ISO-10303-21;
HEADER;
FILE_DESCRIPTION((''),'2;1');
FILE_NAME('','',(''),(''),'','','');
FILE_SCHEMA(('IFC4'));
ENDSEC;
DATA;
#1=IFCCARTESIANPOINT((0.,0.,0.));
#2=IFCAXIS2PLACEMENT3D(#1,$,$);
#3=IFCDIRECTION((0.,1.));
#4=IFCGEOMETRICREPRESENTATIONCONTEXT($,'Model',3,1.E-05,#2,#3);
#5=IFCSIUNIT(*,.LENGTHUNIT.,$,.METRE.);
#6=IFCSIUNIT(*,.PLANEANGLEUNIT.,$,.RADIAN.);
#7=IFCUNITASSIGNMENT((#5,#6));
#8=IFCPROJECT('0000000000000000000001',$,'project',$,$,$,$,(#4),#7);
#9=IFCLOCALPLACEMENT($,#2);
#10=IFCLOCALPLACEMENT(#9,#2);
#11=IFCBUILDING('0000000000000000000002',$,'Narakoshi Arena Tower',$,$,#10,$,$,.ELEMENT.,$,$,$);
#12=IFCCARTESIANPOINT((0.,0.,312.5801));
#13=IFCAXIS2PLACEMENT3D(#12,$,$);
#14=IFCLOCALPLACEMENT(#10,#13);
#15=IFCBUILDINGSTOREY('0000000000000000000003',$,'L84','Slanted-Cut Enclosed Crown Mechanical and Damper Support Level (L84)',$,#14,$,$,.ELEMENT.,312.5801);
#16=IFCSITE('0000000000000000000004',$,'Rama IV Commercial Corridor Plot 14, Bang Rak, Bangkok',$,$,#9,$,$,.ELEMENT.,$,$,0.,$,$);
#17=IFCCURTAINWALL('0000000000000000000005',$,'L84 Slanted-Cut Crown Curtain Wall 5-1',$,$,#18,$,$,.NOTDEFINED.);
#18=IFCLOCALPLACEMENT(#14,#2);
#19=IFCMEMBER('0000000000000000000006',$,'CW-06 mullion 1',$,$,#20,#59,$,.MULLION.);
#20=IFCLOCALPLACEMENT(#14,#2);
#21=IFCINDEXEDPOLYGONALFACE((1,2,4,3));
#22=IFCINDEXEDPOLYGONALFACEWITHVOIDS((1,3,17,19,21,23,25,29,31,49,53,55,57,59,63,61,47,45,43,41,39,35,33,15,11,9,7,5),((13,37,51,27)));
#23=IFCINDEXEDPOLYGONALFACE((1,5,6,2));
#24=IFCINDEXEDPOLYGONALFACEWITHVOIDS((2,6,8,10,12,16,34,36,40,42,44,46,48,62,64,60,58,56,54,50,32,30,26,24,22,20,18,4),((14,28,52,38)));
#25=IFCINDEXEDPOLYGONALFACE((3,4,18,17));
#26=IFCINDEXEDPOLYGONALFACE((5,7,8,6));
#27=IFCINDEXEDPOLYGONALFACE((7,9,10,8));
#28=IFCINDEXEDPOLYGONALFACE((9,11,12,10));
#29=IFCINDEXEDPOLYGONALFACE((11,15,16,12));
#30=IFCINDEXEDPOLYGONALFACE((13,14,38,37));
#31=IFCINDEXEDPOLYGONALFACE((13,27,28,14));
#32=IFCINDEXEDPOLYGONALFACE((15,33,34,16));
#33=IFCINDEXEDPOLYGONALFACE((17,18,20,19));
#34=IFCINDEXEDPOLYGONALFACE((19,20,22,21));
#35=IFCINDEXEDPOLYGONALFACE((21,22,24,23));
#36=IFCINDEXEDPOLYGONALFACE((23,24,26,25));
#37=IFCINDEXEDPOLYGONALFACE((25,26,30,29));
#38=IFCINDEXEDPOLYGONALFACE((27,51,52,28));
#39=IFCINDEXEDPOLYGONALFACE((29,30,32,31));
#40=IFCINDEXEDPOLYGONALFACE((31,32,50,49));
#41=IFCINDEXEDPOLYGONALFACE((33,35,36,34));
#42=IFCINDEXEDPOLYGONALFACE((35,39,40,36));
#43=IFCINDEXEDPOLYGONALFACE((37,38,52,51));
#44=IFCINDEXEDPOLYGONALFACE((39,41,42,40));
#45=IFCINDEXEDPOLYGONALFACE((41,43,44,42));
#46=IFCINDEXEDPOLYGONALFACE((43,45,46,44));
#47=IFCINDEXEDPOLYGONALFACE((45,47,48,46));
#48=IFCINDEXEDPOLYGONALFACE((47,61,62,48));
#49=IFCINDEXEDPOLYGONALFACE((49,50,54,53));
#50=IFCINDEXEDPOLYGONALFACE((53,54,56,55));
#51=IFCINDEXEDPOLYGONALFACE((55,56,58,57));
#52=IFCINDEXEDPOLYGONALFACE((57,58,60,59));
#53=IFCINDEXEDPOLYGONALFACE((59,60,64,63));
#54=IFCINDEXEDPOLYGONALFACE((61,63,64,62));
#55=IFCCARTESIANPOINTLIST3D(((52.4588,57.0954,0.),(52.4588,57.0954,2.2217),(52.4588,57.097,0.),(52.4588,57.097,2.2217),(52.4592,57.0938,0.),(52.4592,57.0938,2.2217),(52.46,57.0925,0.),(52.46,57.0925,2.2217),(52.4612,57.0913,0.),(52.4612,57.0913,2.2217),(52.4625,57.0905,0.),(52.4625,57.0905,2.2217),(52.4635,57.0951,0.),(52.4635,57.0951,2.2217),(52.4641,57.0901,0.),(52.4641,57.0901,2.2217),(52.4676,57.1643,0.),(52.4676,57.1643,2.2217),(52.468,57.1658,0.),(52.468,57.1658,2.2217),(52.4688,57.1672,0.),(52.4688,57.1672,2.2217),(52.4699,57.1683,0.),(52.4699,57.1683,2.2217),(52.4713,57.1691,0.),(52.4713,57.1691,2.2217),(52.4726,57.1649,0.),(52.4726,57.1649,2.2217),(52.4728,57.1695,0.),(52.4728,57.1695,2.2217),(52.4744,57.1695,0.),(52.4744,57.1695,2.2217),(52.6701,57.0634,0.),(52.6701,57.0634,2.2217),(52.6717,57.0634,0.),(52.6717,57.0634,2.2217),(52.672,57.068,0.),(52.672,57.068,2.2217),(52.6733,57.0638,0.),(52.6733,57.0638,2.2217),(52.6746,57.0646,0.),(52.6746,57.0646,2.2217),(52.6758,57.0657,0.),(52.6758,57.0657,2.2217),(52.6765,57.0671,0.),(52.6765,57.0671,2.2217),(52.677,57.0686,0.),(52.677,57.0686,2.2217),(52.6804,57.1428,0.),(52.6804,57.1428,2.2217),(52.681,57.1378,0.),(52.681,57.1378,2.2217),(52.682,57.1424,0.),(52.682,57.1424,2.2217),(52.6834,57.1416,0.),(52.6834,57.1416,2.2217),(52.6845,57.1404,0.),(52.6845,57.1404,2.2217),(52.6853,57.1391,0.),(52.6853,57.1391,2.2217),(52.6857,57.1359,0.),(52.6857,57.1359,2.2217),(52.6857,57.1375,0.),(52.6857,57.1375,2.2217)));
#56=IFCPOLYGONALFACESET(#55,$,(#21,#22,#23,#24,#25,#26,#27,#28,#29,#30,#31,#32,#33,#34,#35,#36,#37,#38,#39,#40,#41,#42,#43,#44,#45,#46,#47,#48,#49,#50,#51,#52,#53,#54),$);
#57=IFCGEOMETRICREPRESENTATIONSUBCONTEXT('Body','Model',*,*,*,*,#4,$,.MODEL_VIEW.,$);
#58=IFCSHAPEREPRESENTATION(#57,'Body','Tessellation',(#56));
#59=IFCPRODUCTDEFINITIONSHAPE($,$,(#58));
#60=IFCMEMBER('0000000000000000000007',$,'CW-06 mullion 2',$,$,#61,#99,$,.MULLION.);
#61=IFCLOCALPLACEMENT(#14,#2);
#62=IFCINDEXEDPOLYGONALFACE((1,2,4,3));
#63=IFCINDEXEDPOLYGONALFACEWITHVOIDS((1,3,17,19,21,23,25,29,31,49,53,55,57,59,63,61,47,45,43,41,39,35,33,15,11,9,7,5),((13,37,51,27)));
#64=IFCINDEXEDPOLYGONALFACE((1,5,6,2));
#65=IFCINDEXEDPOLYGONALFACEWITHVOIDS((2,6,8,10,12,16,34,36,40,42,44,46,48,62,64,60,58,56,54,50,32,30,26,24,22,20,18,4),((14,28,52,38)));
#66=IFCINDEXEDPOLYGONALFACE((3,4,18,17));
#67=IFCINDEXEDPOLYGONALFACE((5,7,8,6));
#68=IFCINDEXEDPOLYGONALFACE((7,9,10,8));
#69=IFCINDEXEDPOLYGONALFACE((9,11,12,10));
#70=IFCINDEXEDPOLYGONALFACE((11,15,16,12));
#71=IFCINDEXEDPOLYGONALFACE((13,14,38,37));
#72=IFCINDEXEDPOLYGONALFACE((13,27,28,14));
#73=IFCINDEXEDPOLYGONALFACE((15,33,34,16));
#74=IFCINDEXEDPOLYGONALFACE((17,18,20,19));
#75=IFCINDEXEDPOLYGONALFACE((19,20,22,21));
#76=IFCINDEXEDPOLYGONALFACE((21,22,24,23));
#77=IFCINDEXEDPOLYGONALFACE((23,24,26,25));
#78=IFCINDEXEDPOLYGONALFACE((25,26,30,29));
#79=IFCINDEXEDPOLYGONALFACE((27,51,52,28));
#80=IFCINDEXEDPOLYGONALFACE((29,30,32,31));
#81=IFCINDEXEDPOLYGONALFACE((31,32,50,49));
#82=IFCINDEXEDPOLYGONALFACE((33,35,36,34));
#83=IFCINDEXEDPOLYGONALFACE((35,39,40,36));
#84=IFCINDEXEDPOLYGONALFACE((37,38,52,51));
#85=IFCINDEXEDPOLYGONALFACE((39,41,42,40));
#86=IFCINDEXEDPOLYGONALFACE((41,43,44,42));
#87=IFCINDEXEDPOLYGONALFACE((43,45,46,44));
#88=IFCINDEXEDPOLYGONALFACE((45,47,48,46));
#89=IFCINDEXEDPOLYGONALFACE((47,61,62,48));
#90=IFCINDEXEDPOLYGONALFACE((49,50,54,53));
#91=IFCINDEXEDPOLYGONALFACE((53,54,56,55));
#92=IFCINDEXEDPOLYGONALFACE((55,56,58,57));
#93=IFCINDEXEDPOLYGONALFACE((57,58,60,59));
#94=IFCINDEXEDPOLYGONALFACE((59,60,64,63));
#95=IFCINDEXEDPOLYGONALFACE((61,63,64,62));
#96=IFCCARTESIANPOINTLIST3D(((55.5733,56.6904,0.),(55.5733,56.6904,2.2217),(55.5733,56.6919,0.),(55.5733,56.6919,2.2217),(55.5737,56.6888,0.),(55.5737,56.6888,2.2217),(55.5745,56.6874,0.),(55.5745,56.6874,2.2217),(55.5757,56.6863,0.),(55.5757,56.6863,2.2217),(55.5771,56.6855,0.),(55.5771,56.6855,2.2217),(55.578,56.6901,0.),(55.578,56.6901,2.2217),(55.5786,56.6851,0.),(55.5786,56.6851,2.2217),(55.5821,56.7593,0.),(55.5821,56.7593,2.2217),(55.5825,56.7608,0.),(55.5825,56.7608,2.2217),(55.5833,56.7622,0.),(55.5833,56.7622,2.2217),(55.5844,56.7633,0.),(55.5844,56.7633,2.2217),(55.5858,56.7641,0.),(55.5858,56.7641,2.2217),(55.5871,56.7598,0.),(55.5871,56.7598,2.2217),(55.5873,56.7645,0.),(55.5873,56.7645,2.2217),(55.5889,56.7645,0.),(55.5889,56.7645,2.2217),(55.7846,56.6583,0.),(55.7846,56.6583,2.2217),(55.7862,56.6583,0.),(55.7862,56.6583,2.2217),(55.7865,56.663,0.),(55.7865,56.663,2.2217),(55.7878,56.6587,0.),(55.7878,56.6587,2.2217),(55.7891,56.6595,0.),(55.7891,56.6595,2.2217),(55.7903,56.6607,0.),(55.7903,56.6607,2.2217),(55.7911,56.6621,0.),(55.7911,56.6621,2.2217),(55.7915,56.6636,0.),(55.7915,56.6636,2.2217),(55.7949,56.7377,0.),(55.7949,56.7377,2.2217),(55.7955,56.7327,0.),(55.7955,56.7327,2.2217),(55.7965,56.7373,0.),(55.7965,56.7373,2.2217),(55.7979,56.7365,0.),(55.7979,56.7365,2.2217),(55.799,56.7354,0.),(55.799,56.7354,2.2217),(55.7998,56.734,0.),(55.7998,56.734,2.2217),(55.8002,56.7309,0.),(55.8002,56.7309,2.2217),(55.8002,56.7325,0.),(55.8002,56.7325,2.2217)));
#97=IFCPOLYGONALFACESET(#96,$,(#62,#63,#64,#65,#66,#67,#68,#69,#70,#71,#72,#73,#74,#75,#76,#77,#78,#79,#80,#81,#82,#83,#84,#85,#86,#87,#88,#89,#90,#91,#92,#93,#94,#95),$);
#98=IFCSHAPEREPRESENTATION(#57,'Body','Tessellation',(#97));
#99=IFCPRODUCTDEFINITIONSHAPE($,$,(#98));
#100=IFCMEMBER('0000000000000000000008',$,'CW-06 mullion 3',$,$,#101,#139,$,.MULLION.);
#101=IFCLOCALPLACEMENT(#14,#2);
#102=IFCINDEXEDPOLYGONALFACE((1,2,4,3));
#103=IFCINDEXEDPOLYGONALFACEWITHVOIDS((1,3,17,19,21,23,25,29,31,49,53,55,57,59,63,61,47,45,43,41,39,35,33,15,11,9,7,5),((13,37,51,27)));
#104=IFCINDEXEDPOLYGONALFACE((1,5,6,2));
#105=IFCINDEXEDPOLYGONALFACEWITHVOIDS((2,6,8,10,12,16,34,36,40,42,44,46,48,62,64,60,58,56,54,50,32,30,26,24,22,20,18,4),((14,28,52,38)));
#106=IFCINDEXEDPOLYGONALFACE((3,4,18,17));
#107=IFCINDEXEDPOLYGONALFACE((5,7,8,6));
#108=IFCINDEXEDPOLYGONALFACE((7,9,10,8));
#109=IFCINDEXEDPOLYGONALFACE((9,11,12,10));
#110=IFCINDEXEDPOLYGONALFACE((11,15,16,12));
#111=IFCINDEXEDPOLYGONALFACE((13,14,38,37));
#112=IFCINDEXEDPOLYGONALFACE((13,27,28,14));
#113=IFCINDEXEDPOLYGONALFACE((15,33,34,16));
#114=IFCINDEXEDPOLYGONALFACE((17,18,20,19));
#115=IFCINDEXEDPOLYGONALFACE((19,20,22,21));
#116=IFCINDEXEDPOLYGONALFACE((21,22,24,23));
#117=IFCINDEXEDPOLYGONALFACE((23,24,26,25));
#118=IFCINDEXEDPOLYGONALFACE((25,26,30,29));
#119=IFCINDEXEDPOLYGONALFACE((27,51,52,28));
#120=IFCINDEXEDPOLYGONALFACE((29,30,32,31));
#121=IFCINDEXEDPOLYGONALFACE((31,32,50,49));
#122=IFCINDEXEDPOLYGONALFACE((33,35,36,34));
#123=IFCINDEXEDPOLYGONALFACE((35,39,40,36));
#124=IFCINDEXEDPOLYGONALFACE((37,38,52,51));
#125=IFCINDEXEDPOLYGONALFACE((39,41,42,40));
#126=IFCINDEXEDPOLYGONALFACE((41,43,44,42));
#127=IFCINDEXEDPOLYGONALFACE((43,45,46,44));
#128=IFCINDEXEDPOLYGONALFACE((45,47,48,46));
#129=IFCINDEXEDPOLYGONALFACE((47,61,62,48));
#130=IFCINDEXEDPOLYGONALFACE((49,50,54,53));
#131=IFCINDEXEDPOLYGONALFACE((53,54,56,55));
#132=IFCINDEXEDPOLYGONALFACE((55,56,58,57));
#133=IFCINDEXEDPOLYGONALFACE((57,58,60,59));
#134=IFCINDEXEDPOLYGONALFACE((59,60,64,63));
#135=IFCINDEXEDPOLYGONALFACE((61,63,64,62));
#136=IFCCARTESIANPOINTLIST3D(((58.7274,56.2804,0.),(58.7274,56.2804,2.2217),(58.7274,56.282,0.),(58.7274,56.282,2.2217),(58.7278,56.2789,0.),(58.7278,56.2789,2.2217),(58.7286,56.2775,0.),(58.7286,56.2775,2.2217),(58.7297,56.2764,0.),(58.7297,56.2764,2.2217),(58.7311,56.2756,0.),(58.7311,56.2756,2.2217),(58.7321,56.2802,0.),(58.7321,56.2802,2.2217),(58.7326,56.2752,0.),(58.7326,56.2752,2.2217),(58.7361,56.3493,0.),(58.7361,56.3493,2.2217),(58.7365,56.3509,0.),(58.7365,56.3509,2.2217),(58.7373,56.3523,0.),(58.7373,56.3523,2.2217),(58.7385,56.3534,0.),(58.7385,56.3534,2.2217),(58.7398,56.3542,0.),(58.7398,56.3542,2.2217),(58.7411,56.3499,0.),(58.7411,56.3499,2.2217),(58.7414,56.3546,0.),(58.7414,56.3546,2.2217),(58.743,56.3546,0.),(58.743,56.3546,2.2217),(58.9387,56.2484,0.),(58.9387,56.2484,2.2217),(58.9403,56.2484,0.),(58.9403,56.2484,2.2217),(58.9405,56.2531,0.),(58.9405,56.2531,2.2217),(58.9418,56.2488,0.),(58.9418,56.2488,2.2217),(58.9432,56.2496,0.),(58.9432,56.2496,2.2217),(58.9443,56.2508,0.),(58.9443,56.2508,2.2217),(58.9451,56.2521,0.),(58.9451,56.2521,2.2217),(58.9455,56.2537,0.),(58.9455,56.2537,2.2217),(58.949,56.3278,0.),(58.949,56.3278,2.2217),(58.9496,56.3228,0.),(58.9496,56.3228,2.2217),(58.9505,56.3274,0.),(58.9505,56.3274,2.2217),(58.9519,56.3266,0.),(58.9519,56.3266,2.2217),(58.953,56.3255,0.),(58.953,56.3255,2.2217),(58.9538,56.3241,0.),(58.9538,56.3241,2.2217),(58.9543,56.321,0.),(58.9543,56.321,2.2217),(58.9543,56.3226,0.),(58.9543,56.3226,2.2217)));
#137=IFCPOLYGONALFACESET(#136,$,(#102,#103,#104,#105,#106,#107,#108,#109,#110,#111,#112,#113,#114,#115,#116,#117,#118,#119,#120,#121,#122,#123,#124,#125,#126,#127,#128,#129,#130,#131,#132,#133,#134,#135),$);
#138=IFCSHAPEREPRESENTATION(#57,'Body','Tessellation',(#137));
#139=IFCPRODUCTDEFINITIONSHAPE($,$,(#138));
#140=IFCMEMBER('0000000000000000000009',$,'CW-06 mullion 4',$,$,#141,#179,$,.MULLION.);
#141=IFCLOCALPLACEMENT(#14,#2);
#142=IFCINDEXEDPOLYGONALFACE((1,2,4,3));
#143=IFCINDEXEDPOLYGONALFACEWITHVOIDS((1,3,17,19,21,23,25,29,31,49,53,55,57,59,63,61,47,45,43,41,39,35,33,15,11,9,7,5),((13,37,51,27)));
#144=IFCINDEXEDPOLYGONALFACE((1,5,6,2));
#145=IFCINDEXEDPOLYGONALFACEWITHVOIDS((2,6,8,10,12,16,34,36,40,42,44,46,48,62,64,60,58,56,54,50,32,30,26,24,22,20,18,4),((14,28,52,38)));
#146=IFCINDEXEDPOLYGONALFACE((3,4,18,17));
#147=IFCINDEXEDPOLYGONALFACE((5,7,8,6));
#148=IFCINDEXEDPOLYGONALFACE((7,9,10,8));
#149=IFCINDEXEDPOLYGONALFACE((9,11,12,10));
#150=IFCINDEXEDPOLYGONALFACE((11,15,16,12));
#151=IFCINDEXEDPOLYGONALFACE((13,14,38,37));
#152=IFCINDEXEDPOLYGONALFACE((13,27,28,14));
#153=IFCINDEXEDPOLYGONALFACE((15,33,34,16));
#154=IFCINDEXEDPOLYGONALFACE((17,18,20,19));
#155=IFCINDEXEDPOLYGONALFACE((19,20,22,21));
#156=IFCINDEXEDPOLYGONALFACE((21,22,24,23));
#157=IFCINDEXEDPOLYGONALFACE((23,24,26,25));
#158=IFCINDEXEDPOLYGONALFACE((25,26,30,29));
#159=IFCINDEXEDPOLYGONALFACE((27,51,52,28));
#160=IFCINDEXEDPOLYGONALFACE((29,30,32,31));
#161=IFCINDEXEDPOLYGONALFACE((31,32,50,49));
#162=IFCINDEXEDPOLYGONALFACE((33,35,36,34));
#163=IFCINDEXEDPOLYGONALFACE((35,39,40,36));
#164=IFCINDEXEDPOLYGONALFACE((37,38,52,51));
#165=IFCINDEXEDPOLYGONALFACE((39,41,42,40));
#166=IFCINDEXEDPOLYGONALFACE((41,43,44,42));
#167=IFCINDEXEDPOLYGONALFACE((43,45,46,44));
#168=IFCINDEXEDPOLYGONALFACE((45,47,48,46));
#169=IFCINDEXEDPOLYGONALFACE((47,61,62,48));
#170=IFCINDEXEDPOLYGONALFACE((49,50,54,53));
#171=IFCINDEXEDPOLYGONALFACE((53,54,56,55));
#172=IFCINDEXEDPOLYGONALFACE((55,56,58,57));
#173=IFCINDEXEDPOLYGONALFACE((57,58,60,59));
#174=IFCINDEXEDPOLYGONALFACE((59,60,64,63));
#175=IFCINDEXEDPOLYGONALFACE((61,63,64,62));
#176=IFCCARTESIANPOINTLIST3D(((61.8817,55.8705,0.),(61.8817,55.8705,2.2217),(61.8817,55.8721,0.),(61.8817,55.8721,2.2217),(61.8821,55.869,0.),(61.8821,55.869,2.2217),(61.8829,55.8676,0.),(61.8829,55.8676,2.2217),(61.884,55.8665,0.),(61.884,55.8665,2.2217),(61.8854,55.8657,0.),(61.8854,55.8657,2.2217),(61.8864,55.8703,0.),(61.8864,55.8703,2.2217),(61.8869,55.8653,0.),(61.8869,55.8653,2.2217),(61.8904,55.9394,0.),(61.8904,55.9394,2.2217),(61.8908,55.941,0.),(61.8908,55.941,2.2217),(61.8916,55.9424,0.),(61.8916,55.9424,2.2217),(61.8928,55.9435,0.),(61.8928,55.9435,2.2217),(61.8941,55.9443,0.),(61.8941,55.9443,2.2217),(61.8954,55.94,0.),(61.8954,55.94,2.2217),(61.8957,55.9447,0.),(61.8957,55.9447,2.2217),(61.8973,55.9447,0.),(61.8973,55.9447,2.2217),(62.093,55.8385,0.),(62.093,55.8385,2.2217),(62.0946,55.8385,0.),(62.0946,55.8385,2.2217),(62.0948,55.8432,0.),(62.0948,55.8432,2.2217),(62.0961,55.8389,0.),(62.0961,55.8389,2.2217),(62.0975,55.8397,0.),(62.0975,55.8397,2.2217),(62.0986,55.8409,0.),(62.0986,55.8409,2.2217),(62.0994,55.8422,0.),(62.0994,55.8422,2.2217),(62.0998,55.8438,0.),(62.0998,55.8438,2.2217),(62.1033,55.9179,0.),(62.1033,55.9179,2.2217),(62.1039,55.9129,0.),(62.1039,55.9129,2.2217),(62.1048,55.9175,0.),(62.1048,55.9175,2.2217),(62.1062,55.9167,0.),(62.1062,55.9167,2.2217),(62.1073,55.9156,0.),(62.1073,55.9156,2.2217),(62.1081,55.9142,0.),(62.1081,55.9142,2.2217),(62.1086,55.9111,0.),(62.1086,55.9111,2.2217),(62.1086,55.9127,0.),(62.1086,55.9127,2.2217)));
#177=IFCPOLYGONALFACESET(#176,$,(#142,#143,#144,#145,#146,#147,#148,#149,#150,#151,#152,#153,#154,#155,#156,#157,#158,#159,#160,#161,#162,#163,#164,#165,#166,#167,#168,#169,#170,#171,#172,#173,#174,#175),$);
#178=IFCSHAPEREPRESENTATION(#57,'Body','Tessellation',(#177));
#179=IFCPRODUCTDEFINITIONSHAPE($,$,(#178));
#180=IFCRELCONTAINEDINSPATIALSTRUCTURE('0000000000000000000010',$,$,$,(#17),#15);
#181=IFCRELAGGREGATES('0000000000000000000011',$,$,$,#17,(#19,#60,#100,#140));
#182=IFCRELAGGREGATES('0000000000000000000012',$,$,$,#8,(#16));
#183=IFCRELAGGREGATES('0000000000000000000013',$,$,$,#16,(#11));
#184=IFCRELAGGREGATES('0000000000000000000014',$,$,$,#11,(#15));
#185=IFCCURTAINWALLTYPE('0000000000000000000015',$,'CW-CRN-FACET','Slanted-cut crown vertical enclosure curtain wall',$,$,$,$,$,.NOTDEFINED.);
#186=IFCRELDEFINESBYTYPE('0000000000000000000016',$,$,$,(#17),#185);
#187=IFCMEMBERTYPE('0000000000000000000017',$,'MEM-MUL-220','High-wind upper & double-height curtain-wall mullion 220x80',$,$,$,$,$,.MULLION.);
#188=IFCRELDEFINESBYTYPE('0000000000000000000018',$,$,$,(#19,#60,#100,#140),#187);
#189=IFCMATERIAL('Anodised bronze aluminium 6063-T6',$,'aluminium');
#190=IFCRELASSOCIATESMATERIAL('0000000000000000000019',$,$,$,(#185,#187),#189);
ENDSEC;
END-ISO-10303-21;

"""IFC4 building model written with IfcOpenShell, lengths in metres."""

from ifc_helpers import new_model, si_unit, direction, frame, origin, origin_2d, place, context, subcontext, project, spatial, hollow_rectangle, extrude, material, material_profile, profile_set, type_object, element, aggregate, save


model = new_model("IFC4")

# Units and contexts
model_context = context("Model", 3, precision=1e-05, world=origin(), true_north=direction((0.0, 1.0)))
body_context = subcontext(model_context, "Body", "Model", "MODEL_VIEW")
ifc_project = project(units=[si_unit("LENGTHUNIT", "METRE"), si_unit("PLANEANGLEUNIT", "RADIAN")], contexts=[model_context])

# Site, building, storey
site_placement = place(None, origin())
site = spatial("IfcSite", under=ifc_project, at=site_placement, Name="Rama IV Commercial Corridor Plot 14, Bang Rak, Bangkok", CompositionType="ELEMENT", RefElevation=0.0)
building_placement = place(site_placement, origin())
building = spatial("IfcBuilding", under=site, at=building_placement, Name="Narakoshi Arena Tower", CompositionType="ELEMENT")
storey_placement = place(building_placement, frame((0.0, 0.0, 312.5801)))
storey = spatial("IfcBuildingStorey", under=building, at=storey_placement, Name="L84", Description="Slanted-Cut Enclosed Crown Mechanical and Damper Support Level (L84)", CompositionType="ELEMENT", Elevation=312.5801)

# Curtain wall, members
ifc_material_1 = material(Name="Anodised bronze aluminium 6063-T6", Category="aluminium")
curtain_wall_type = type_object("IfcCurtainWallType", Name="CW-CRN-FACET", Description="Slanted-cut crown vertical enclosure curtain wall", PredefinedType="NOTDEFINED", material=ifc_material_1)
curtain_wall_placement = place(storey_placement, origin())
curtain_wall = element("IfcCurtainWall", 1, at=curtain_wall_placement, inside=storey, type_object=curtain_wall_type, Name="L84 Slanted-Cut Crown Curtain Wall 5-1", PredefinedType="NOTDEFINED")
ifc_material_profile_1 = material_profile(ifc_material_1, hollow_rectangle(XDim=0.0801, YDim=0.22, WallThickness=0.0049, OuterFilletRadius=0.0061, at=origin_2d()), Name="MUL220x80x5")
ifc_profile_set_1 = profile_set([ifc_material_profile_1], Name="Anodised bronze aluminium 6063-T6")
member_type_1 = type_object("IfcMemberType", Name="MEM-MUL-220", Description="High-wind upper & double-height curtain-wall mullion 220x80", PredefinedType="MULLION", material=ifc_profile_set_1)
member_1_placement = place(storey_placement, frame((52.5723, 57.1165, 0.0), z_axis=(0.0, 0.0, 1.0), x_axis=(0.12889, 0.991659, 0.0)))
member_1 = element("IfcMember", 2, at=member_1_placement, type_object=member_type_1, Name="CW-06 mullion 1", PredefinedType="MULLION", context=body_context, shape_type="SweptSolid", body=[
    extrude(hollow_rectangle(XDim=0.0801, YDim=0.22, WallThickness=0.0049, OuterFilletRadius=0.0061, at=origin_2d()), origin(), (0.0, 0.0, 1.0), 2.2217),
])
member_2_placement = place(storey_placement, frame((55.6868, 56.7114, 0.0), z_axis=(0.0, 0.0, 1.0), x_axis=(0.12889, 0.991659, 0.0)))
member_2 = element("IfcMember", 3, at=member_2_placement, type_object=member_type_1, Name="CW-06 mullion 2", PredefinedType="MULLION", context=body_context, shape_type="SweptSolid", body=[
    extrude(hollow_rectangle(XDim=0.0801, YDim=0.22, WallThickness=0.0049, OuterFilletRadius=0.0061, at=origin_2d()), origin(), (0.0, 0.0, 1.0), 2.2217),
])
member_3_placement = place(storey_placement, frame((58.8408, 56.3015, 0.0), z_axis=(0.0, 0.0, 1.0), x_axis=(0.12889, 0.991659, 0.0)))
member_3 = element("IfcMember", 4, at=member_3_placement, type_object=member_type_1, Name="CW-06 mullion 3", PredefinedType="MULLION", context=body_context, shape_type="SweptSolid", body=[
    extrude(hollow_rectangle(XDim=0.0801, YDim=0.22, WallThickness=0.0049, OuterFilletRadius=0.0061, at=origin_2d()), origin(), (0.0, 0.0, 1.0), 2.2217),
])
member_4_placement = place(storey_placement, frame((61.9951, 55.8916, 0.0), z_axis=(0.0, 0.0, 1.0), x_axis=(0.12889, 0.991659, 0.0)))
member_4 = element("IfcMember", 5, at=member_4_placement, type_object=member_type_1, Name="CW-06 mullion 4", PredefinedType="MULLION", context=body_context, shape_type="SweptSolid", body=[
    extrude(hollow_rectangle(XDim=0.0801, YDim=0.22, WallThickness=0.0049, OuterFilletRadius=0.0061, at=origin_2d()), origin(), (0.0, 0.0, 1.0), 2.2217),
])
aggregate(curtain_wall, [member_1, member_2, member_3, member_4])

save(model, "model.ifc")
